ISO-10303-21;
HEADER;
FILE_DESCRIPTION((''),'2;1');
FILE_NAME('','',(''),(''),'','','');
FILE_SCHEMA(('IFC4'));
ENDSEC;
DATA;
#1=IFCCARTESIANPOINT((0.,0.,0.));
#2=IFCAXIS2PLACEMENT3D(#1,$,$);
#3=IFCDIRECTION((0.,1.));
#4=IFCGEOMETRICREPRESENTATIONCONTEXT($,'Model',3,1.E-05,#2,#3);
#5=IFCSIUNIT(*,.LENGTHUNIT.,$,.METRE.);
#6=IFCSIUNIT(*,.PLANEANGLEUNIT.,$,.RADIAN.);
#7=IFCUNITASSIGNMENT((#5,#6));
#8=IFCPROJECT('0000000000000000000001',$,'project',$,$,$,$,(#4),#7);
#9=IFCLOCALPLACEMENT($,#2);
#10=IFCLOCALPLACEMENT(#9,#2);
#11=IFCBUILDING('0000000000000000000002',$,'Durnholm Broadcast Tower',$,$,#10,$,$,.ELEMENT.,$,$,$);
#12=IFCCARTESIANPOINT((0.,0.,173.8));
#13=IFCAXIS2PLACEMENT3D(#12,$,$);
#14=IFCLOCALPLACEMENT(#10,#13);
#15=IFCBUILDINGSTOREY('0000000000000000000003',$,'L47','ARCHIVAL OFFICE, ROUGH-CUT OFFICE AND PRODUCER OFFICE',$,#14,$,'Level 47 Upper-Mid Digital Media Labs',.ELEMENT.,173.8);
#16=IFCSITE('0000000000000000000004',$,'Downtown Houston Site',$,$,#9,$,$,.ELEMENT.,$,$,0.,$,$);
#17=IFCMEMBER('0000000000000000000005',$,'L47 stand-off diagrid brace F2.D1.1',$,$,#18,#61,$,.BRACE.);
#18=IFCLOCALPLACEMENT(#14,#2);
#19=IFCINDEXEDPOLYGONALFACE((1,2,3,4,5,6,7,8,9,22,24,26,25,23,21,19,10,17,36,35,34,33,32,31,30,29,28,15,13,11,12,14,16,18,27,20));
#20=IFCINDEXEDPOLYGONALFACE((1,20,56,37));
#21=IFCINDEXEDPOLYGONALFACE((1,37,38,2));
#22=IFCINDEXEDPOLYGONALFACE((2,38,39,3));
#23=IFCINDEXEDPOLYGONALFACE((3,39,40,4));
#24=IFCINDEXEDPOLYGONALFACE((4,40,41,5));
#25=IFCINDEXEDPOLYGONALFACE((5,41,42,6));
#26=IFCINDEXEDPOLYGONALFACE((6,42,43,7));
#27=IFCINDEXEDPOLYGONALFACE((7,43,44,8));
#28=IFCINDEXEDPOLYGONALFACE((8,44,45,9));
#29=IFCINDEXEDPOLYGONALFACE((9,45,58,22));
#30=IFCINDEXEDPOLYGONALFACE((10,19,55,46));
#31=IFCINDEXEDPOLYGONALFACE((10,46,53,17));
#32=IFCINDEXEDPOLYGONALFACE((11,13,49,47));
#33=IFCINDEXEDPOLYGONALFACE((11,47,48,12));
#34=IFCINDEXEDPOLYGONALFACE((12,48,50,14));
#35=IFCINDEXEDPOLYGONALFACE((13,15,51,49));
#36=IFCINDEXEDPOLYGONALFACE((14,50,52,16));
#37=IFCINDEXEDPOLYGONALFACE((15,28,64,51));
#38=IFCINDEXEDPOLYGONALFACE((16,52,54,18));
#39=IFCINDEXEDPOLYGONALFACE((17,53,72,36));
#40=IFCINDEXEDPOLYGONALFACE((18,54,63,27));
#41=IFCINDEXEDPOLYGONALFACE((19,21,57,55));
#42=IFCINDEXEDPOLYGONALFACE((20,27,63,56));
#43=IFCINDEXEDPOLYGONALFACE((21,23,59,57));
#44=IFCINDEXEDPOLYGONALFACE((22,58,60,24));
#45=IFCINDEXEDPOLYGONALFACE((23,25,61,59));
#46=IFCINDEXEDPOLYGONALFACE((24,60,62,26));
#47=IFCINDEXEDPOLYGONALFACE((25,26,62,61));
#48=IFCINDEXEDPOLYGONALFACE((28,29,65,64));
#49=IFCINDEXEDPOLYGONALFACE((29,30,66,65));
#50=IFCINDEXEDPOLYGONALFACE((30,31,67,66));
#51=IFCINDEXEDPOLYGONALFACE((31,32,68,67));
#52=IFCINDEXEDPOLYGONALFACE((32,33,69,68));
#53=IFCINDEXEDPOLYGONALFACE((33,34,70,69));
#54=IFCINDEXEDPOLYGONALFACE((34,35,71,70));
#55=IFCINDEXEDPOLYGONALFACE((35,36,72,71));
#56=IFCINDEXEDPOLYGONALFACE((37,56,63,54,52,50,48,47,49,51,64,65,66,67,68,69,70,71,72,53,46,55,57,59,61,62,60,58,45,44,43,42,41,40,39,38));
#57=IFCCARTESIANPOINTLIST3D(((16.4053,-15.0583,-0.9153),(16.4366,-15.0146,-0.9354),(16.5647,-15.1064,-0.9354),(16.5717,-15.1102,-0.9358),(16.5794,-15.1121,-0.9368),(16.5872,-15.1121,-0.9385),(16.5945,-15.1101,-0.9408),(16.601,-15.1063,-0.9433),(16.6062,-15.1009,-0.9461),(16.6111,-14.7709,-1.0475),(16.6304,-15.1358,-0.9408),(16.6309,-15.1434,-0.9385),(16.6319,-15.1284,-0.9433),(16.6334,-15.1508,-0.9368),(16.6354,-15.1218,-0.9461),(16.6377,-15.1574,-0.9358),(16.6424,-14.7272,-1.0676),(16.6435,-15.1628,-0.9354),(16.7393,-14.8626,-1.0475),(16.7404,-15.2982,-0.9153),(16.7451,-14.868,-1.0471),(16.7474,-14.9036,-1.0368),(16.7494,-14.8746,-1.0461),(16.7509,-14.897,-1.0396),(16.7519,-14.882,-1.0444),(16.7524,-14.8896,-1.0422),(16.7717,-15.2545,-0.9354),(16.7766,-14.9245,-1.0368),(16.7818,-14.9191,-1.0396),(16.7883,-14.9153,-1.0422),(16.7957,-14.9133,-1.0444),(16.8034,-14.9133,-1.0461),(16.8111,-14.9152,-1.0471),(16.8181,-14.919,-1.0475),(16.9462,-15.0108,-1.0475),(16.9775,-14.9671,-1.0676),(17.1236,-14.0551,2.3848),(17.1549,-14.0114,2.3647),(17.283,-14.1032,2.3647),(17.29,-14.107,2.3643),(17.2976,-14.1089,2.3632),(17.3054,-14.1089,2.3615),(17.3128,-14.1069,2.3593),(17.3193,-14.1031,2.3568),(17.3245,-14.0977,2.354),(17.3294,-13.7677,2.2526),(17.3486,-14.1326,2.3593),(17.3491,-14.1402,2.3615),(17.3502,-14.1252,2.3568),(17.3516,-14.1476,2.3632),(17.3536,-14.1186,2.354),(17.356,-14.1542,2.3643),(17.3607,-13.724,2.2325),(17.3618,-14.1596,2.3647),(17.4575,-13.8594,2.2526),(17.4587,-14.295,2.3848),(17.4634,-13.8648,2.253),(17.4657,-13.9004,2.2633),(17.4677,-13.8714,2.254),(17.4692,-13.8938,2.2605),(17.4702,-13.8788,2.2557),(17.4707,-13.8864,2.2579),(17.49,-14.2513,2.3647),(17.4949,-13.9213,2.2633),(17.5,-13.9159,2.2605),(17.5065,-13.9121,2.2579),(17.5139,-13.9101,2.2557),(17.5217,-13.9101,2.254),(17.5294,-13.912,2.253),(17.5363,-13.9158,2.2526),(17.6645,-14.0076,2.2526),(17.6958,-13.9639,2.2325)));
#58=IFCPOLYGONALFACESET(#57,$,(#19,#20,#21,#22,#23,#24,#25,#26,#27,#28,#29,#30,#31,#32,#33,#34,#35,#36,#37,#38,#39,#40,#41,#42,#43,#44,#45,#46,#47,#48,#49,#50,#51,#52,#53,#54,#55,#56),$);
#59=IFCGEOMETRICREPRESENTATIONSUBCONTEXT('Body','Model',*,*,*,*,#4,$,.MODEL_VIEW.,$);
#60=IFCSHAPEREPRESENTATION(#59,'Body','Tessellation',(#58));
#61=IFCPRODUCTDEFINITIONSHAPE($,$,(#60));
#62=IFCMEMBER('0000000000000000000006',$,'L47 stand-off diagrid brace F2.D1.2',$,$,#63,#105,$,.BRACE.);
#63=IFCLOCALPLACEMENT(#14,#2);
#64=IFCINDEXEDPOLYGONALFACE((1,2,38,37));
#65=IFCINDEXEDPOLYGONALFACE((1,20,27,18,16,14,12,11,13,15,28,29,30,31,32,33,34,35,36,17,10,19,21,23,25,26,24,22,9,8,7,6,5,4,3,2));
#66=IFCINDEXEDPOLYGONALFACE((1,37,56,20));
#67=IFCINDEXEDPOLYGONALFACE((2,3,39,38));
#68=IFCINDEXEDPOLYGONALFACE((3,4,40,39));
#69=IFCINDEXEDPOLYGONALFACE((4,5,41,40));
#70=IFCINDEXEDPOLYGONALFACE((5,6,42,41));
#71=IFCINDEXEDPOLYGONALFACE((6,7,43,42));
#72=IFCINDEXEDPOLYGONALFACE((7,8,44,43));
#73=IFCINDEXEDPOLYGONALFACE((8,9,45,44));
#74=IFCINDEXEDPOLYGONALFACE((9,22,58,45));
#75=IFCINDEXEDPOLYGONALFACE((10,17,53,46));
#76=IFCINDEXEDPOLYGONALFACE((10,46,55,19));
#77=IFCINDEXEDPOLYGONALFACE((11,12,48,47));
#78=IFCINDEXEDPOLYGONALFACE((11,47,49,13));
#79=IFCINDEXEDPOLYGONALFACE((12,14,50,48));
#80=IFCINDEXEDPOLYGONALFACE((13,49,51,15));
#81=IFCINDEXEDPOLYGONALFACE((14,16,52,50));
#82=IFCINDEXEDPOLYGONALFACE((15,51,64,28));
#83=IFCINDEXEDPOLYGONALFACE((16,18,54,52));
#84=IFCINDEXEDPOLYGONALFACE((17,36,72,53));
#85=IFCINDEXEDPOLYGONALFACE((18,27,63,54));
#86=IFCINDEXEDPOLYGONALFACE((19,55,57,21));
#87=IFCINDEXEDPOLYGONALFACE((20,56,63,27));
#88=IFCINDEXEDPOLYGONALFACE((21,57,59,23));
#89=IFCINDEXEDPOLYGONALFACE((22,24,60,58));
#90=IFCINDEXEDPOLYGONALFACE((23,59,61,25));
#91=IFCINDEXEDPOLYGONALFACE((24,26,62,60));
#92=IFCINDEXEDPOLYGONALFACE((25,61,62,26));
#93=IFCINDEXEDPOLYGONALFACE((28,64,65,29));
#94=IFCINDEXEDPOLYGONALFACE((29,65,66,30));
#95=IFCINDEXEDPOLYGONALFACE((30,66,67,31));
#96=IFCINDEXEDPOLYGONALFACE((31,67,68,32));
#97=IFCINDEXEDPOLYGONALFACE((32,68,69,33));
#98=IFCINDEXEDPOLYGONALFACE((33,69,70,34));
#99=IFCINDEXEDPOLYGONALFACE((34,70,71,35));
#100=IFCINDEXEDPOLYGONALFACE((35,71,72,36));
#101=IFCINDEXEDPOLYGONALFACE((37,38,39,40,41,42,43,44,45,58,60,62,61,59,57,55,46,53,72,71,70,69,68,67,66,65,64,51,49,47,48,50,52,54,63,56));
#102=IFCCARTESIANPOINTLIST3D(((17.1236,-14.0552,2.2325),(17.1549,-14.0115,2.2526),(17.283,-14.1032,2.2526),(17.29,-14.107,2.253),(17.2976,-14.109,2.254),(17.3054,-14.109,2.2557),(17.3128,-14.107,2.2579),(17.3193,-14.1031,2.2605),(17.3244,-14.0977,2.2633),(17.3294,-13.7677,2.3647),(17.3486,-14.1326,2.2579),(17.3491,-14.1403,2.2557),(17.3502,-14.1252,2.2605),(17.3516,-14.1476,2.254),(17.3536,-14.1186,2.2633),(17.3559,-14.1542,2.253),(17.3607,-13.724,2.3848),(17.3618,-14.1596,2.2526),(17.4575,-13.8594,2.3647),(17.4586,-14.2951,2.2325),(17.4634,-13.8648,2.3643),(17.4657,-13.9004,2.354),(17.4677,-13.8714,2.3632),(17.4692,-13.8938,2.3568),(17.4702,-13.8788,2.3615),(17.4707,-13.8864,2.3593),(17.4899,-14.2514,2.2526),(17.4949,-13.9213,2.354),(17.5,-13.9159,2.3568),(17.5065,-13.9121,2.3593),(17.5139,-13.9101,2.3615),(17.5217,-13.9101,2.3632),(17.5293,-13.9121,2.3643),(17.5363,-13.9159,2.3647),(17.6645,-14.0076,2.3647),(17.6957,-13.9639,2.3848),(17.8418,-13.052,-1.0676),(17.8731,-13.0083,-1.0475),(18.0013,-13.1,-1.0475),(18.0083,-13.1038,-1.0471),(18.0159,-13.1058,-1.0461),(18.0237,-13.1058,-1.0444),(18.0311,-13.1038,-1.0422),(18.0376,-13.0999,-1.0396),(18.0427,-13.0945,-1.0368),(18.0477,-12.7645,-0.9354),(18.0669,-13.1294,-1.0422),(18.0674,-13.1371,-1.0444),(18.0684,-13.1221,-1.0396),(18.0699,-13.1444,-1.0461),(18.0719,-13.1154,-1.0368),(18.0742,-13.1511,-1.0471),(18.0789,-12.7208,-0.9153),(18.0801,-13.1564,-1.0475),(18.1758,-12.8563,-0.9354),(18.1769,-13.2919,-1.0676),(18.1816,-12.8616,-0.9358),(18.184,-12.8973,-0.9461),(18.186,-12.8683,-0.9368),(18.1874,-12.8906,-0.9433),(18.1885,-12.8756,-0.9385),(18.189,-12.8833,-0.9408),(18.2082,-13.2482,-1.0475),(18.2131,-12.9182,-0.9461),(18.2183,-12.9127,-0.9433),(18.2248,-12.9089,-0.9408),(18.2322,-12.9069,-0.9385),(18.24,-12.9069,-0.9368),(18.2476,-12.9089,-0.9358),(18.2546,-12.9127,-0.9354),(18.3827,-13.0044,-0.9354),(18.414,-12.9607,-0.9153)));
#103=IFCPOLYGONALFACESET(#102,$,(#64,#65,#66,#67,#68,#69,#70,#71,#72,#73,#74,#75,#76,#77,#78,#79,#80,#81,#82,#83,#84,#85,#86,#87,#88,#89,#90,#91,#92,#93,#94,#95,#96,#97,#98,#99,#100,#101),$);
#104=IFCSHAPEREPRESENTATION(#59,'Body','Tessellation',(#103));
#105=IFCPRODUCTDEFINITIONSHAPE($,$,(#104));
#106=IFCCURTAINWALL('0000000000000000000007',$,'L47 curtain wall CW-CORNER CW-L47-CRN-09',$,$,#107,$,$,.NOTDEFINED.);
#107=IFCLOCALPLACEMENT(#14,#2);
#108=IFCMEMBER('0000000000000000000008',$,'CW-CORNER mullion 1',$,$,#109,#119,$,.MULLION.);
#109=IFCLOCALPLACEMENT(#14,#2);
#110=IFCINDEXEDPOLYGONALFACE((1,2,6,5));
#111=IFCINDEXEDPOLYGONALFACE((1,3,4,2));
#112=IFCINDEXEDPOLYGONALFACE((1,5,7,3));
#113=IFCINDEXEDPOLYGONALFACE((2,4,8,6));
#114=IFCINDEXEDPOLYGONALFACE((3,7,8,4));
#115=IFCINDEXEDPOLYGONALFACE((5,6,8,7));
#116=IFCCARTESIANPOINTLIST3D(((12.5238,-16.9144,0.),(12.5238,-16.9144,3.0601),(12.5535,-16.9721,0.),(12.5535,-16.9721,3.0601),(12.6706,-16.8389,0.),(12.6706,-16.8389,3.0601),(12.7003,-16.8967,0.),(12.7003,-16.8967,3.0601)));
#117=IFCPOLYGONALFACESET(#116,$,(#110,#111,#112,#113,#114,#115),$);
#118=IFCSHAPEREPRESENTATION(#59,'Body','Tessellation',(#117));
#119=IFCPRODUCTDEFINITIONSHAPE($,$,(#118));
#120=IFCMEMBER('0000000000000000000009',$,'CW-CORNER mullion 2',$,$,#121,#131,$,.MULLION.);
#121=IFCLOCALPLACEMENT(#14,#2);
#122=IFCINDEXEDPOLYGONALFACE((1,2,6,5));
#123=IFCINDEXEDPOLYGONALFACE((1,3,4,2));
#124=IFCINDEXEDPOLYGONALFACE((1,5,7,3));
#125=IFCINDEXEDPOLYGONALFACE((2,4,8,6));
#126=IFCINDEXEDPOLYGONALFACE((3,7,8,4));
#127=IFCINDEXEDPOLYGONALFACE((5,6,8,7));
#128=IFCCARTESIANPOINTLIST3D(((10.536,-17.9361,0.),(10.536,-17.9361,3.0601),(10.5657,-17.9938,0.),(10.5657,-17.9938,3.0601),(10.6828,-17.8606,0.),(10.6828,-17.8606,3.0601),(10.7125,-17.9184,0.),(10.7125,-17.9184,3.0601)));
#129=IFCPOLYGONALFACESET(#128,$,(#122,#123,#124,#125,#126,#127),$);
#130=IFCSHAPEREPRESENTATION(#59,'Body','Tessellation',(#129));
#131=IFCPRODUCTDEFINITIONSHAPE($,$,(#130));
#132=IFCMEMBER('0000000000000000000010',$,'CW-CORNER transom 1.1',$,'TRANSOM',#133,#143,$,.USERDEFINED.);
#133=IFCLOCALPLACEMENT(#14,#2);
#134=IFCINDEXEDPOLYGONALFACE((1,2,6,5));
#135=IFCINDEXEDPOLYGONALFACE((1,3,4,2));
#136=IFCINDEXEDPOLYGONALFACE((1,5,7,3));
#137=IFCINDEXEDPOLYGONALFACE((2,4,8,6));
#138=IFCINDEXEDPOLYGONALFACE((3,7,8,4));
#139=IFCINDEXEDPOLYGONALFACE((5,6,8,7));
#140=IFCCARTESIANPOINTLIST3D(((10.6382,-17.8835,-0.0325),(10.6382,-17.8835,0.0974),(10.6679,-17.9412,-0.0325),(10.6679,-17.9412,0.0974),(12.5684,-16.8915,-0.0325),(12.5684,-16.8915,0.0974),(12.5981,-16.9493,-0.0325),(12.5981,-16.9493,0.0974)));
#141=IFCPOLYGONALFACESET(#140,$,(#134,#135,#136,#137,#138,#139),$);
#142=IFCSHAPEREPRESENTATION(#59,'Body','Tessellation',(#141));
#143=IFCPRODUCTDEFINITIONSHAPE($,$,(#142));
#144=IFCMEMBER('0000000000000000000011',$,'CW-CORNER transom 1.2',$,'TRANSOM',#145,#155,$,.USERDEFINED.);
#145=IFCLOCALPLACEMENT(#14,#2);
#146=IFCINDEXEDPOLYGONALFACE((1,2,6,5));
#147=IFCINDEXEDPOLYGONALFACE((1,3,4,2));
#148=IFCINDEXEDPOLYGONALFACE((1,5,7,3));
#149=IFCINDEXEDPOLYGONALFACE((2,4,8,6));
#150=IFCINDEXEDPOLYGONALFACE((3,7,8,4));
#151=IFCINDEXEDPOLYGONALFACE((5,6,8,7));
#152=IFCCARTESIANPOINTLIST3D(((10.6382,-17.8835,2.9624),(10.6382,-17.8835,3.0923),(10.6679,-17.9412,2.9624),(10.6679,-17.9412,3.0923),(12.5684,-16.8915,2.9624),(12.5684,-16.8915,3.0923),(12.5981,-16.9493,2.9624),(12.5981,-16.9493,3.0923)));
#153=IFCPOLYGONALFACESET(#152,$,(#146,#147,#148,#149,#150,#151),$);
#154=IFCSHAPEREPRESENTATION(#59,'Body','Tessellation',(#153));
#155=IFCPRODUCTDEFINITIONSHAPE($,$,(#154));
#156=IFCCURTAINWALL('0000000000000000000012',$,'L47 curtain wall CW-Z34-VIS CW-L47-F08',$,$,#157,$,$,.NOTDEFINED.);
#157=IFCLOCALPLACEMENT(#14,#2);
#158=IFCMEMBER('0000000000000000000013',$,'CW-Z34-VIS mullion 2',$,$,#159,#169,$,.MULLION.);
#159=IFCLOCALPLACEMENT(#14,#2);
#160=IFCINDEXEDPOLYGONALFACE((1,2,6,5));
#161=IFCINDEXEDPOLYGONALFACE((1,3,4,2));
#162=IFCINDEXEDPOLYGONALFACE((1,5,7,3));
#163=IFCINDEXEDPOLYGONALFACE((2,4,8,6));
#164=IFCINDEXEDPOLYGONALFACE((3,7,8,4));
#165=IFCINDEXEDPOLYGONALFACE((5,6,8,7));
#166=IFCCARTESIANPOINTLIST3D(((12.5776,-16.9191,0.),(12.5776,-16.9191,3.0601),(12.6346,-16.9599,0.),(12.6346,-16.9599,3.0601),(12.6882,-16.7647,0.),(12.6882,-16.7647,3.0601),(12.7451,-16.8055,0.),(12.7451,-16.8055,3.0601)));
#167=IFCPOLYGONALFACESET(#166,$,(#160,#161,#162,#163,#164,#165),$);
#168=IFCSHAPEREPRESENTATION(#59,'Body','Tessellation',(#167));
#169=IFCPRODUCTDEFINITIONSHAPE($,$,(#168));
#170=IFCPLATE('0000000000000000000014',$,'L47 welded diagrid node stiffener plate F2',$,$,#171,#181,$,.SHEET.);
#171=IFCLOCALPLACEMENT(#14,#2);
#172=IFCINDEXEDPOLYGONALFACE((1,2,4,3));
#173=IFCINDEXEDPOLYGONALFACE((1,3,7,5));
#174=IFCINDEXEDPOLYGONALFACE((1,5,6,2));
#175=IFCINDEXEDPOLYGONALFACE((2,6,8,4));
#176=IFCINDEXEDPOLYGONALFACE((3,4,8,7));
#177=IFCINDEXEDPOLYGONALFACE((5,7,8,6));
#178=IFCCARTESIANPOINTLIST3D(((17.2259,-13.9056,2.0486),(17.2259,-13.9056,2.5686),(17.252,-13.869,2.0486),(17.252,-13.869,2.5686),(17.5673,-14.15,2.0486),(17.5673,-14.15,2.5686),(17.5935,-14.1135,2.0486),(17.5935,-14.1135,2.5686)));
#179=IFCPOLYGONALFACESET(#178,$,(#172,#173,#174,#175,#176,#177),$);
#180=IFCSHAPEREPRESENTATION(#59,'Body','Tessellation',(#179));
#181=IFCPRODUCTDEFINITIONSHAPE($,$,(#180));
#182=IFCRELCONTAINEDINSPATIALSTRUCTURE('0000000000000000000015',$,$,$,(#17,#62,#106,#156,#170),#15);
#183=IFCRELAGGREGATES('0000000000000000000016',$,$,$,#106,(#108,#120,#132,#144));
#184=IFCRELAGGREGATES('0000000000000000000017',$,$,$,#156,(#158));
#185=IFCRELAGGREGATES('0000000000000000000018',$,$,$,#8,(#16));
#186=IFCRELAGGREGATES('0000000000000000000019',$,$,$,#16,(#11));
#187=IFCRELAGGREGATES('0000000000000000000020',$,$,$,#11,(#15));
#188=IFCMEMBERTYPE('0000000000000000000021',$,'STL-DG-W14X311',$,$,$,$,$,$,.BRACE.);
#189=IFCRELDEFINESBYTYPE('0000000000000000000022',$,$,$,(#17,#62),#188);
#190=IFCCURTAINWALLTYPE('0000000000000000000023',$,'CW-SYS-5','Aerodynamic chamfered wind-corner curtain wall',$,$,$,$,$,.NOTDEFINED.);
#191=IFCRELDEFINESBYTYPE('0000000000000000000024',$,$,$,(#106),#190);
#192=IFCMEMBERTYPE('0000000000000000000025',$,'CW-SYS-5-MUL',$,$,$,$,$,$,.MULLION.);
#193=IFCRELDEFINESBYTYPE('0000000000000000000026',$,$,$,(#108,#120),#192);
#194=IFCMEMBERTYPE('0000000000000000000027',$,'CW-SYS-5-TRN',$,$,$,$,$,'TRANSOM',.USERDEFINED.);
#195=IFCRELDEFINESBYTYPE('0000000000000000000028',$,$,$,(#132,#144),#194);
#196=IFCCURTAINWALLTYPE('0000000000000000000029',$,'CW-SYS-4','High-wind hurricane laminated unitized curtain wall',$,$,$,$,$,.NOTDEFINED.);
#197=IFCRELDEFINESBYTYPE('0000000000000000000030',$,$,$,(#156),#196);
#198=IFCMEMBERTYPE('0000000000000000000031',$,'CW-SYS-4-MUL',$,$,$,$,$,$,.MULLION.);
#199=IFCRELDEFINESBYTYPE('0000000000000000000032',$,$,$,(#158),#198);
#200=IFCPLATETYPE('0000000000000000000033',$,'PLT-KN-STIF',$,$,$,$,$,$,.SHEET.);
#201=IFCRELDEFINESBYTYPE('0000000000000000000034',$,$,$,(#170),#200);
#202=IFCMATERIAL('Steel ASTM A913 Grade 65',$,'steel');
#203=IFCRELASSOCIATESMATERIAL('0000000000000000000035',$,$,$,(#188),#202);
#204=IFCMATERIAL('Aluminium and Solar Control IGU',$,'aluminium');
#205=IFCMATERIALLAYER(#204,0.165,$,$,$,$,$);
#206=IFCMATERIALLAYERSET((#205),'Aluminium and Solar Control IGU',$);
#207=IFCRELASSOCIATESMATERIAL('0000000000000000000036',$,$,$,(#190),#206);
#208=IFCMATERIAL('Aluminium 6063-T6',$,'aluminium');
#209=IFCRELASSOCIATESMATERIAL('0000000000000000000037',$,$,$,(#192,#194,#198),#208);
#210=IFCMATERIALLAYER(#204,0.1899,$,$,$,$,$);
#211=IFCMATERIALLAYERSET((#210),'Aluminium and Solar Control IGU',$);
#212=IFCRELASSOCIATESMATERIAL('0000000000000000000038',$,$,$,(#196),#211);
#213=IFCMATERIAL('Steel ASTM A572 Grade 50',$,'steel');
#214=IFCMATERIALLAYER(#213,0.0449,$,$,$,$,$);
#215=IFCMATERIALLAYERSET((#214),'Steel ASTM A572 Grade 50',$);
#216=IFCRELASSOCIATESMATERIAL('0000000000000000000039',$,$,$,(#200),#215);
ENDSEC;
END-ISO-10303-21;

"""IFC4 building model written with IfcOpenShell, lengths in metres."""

from ifc_helpers import new_model, si_unit, direction, frame, origin, origin_2d, place, context, subcontext, project, spatial, rectangle, i_section, extrude, source, transform, mapped, material, layer, layer_set, material_profile, profile_set, type_object, type_shapes, element, aggregate, save


model = new_model("IFC4")

# Units and contexts
model_context = context("Model", 3, precision=1e-05, world=origin(), true_north=direction((0.0, 1.0)))
body_context = subcontext(model_context, "Body", "Model", "MODEL_VIEW")
ifc_project = project(units=[si_unit("LENGTHUNIT", "METRE"), si_unit("PLANEANGLEUNIT", "RADIAN")], contexts=[model_context])

# Site, building, storey
site_placement = place(None, origin())
site = spatial("IfcSite", under=ifc_project, at=site_placement, Name="Downtown Houston Site", CompositionType="ELEMENT", RefElevation=0.0)
building_placement = place(site_placement, origin())
building = spatial("IfcBuilding", under=site, at=building_placement, Name="Durnholm Broadcast Tower", CompositionType="ELEMENT")
storey_placement = place(building_placement, frame((0.0, 0.0, 173.8)))
storey = spatial("IfcBuildingStorey", under=building, at=storey_placement, Name="L47", Description="ARCHIVAL OFFICE, ROUGH-CUT OFFICE AND PRODUCER OFFICE", LongName="Level 47 Upper-Mid Digital Media Labs", CompositionType="ELEMENT", Elevation=173.8)

# Members
ifc_material_1 = material(Name="Steel ASTM A913 Grade 65", Category="steel")
ifc_material_profile_1 = material_profile(ifc_material_1, i_section(OverallWidth=0.4121, OverallDepth=0.4348, WebThickness=0.0359, FlangeThickness=0.0574, FilletRadius=0.0305, at=origin_2d()), Name="W14X311")
ifc_profile_set_1 = profile_set([ifc_material_profile_1], Name="Steel ASTM A913 Grade 65")
member_type_1 = type_object("IfcMemberType", Name="STL-DG-W14X311", PredefinedType="BRACE", material=ifc_profile_set_1)
shared_shape_1 = source(origin(), body_context, "Body", "SweptSolid", [
    extrude(i_section(OverallWidth=0.4121, OverallDepth=0.4348, WebThickness=0.0359, FlangeThickness=0.0574, FilletRadius=0.0305, at=origin_2d()), origin(), (0.0, 0.0, 1.0), 3.5232),
])
type_shapes(member_type_1, [shared_shape_1])
for number, where, z_axis, x_axis, name in (
    (1, (16.6914, -15.0127, -0.9915), (0.203869, 0.284738, 0.936676), (-0.813078, 0.582155, 0.0), "L47 stand-off diagrid brace F2.D1.1"),
    (2, (18.1279, -13.0063, -0.9915), (-0.203869, -0.284738, 0.936676), (0.813078, -0.582155, 0.0), "L47 stand-off diagrid brace F2.D1.2"),
):
    element("IfcMember", number, at=place(storey_placement, frame(where, z_axis=z_axis, x_axis=x_axis)), inside=storey, type_object=member_type_1, Name=name, PredefinedType="BRACE", context=body_context, shape_type="MappedRepresentation", body=[
        mapped(shared_shape_1, transform((0.0, 0.0, 0.0), x_axis=(1.0, 0.0, 0.0), y_axis=(0.0, 1.0, 0.0), z_axis=(0.0, 0.0, 1.0), scale=1.0)),
    ])

# Curtain wall, members
ifc_material_2 = material(Name="Aluminium and Solar Control IGU", Category="aluminium")
ifc_layer_1 = layer(ifc_material_2, 0.165)
ifc_layer_set_1 = layer_set([ifc_layer_1], Name="Aluminium and Solar Control IGU")
curtain_wall_type_1 = type_object("IfcCurtainWallType", Name="CW-SYS-5", Description="Aerodynamic chamfered wind-corner curtain wall", PredefinedType="NOTDEFINED", material=ifc_layer_set_1)
curtain_wall_1_placement = place(storey_placement, origin())
curtain_wall_1 = element("IfcCurtainWall", 3, at=curtain_wall_1_placement, inside=storey, type_object=curtain_wall_type_1, Name="L47 curtain wall CW-CORNER CW-L47-CRN-09", PredefinedType="NOTDEFINED")
ifc_material_3 = material(Name="Aluminium 6063-T6", Category="aluminium")
ifc_material_profile_2 = material_profile(ifc_material_3, rectangle(XDim=0.0649, YDim=0.165, at=origin_2d()), Name="CWM65X165")
ifc_profile_set_2 = profile_set([ifc_material_profile_2], Name="Aluminium 6063-T6")
member_type_2 = type_object("IfcMemberType", Name="CW-SYS-5-MUL", PredefinedType="MULLION", material=ifc_profile_set_2)
shared_shape_2 = source(origin(), body_context, "Body", "SweptSolid", [
    extrude(rectangle(XDim=0.0649, YDim=0.165, at=origin_2d()), origin(), (0.0, 0.0, 1.0), 3.0601),
])
type_shapes(member_type_2, [shared_shape_2])
member_1_placement = place(storey_placement, frame((12.6121, -16.9055, 0.0), z_axis=(0.0, 0.0, 1.0), x_axis=(0.457082, -0.889425, 0.0)))
member_1 = element("IfcMember", 4, at=member_1_placement, type_object=member_type_2, Name="CW-CORNER mullion 1", PredefinedType="MULLION", context=body_context, shape_type="MappedRepresentation", body=[
    mapped(shared_shape_2, transform((0.0, 0.0, 0.0), x_axis=(1.0, 0.0, 0.0), y_axis=(0.0, 1.0, 0.0), z_axis=(0.0, 0.0, 1.0), scale=1.0)),
])
member_2_placement = place(storey_placement, frame((10.6243, -17.9272, 0.0), z_axis=(0.0, 0.0, 1.0), x_axis=(0.457082, -0.889425, 0.0)))
member_2 = element("IfcMember", 5, at=member_2_placement, type_object=member_type_2, Name="CW-CORNER mullion 2", PredefinedType="MULLION", context=body_context, shape_type="MappedRepresentation", body=[
    mapped(shared_shape_2, transform((0.0, 0.0, 0.0), x_axis=(1.0, 0.0, 0.0), y_axis=(0.0, 1.0, 0.0), z_axis=(0.0, 0.0, 1.0), scale=1.0)),
])
ifc_material_profile_3 = material_profile(ifc_material_3, rectangle(XDim=0.0649, YDim=0.1299, at=origin_2d()), Name="CWT65X130")
ifc_profile_set_3 = profile_set([ifc_material_profile_3], Name="Aluminium 6063-T6")
member_type_3 = type_object("IfcMemberType", Name="CW-SYS-5-TRN", ElementType="TRANSOM", PredefinedType="USERDEFINED", material=ifc_profile_set_3)
shared_shape_3 = source(origin(), body_context, "Body", "SweptSolid", [
    extrude(rectangle(XDim=0.0649, YDim=0.1299, at=origin_2d()), origin(), (0.0, 0.0, 1.0), 2.1702),
])
type_shapes(member_type_3, [shared_shape_3])
member_3_placement = place(storey_placement, frame((12.5833, -16.9204, 0.0325), z_axis=(-0.889422, -0.457086, 0.0), x_axis=(0.457086, -0.889422, 0.0)))
member_3 = element("IfcMember", 6, at=member_3_placement, type_object=member_type_3, Name="CW-CORNER transom 1.1", ObjectType="TRANSOM", PredefinedType="USERDEFINED", context=body_context, shape_type="MappedRepresentation", body=[
    mapped(shared_shape_3, transform((0.0, 0.0, 0.0), x_axis=(1.0, 0.0, 0.0), y_axis=(0.0, 1.0, 0.0), z_axis=(0.0, 0.0, 1.0), scale=1.0)),
])
member_4_placement = place(storey_placement, frame((12.5833, -16.9204, 3.0273), z_axis=(-0.889422, -0.457086, 0.0), x_axis=(0.457086, -0.889422, 0.0)))
member_4 = element("IfcMember", 7, at=member_4_placement, type_object=member_type_3, Name="CW-CORNER transom 1.2", ObjectType="TRANSOM", PredefinedType="USERDEFINED", context=body_context, shape_type="MappedRepresentation", body=[
    mapped(shared_shape_3, transform((0.0, 0.0, 0.0), x_axis=(1.0, 0.0, 0.0), y_axis=(0.0, 1.0, 0.0), z_axis=(0.0, 0.0, 1.0), scale=1.0)),
])

# Curtain wall, member
ifc_layer_2 = layer(ifc_material_2, 0.1899)
ifc_layer_set_2 = layer_set([ifc_layer_2], Name="Aluminium and Solar Control IGU")
curtain_wall_type_2 = type_object("IfcCurtainWallType", Name="CW-SYS-4", Description="High-wind hurricane laminated unitized curtain wall", PredefinedType="NOTDEFINED", material=ifc_layer_set_2)
curtain_wall_2_placement = place(storey_placement, origin())
curtain_wall_2 = element("IfcCurtainWall", 8, at=curtain_wall_2_placement, inside=storey, type_object=curtain_wall_type_2, Name="L47 curtain wall CW-Z34-VIS CW-L47-F08", PredefinedType="NOTDEFINED")
ifc_material_profile_4 = material_profile(ifc_material_3, rectangle(XDim=0.0701, YDim=0.1899, at=origin_2d()), Name="CWM70X190")
ifc_profile_set_4 = profile_set([ifc_material_profile_4], Name="Aluminium 6063-T6")
member_type_4 = type_object("IfcMemberType", Name="CW-SYS-4-MUL", PredefinedType="MULLION", material=ifc_profile_set_4)
shared_shape_4 = source(origin(), body_context, "Body", "SweptSolid", [
    extrude(rectangle(XDim=0.0701, YDim=0.1899, at=origin_2d()), origin(), (0.0, 0.0, 1.0), 3.0601),
])
type_shapes(member_type_4, [shared_shape_4])
member_5_placement = place(storey_placement, frame((12.6614, -16.8623, 0.0), z_axis=(0.0, 0.0, 1.0), x_axis=(0.813089, -0.582139, 0.0)))
member_5 = element("IfcMember", 9, at=member_5_placement, type_object=member_type_4, Name="CW-Z34-VIS mullion 2", PredefinedType="MULLION", context=body_context, shape_type="MappedRepresentation", body=[
    mapped(shared_shape_4, transform((0.0, 0.0, 0.0), x_axis=(1.0, 0.0, 0.0), y_axis=(0.0, 1.0, 0.0), z_axis=(0.0, 0.0, 1.0), scale=1.0)),
])

# Plate
ifc_material_4 = material(Name="Steel ASTM A572 Grade 50", Category="steel")
ifc_layer_3 = layer(ifc_material_4, 0.0449)
ifc_layer_set_3 = layer_set([ifc_layer_3], Name="Steel ASTM A572 Grade 50")
plate_type_1 = type_object("IfcPlateType", Name="PLT-KN-STIF", PredefinedType="SHEET", material=ifc_layer_set_3)
shared_shape_5 = source(origin(), body_context, "Body", "SweptSolid", [
    extrude(rectangle(XDim=0.0449, YDim=0.4199, at=origin_2d()), origin(), (0.0, 0.0, 1.0), 0.52),
])
type_shapes(plate_type_1, [shared_shape_5])
plate_1_placement = place(storey_placement, frame((17.4097, -14.0095, 2.0486), z_axis=(0.0, 0.0, 1.0), x_axis=(0.582123, 0.813101, 0.0)))
element("IfcPlate", 10, at=plate_1_placement, inside=storey, type_object=plate_type_1, Name="L47 welded diagrid node stiffener plate F2", PredefinedType="SHEET", context=body_context, shape_type="MappedRepresentation", body=[
    mapped(shared_shape_5, transform((0.0, 0.0, 0.0), x_axis=(1.0, 0.0, 0.0), y_axis=(0.0, 1.0, 0.0), z_axis=(0.0, 0.0, 1.0), scale=1.0)),
])

aggregate(curtain_wall_1, [member_1, member_2, member_3, member_4])
aggregate(curtain_wall_2, [member_5])

save(model, "model.ifc")
